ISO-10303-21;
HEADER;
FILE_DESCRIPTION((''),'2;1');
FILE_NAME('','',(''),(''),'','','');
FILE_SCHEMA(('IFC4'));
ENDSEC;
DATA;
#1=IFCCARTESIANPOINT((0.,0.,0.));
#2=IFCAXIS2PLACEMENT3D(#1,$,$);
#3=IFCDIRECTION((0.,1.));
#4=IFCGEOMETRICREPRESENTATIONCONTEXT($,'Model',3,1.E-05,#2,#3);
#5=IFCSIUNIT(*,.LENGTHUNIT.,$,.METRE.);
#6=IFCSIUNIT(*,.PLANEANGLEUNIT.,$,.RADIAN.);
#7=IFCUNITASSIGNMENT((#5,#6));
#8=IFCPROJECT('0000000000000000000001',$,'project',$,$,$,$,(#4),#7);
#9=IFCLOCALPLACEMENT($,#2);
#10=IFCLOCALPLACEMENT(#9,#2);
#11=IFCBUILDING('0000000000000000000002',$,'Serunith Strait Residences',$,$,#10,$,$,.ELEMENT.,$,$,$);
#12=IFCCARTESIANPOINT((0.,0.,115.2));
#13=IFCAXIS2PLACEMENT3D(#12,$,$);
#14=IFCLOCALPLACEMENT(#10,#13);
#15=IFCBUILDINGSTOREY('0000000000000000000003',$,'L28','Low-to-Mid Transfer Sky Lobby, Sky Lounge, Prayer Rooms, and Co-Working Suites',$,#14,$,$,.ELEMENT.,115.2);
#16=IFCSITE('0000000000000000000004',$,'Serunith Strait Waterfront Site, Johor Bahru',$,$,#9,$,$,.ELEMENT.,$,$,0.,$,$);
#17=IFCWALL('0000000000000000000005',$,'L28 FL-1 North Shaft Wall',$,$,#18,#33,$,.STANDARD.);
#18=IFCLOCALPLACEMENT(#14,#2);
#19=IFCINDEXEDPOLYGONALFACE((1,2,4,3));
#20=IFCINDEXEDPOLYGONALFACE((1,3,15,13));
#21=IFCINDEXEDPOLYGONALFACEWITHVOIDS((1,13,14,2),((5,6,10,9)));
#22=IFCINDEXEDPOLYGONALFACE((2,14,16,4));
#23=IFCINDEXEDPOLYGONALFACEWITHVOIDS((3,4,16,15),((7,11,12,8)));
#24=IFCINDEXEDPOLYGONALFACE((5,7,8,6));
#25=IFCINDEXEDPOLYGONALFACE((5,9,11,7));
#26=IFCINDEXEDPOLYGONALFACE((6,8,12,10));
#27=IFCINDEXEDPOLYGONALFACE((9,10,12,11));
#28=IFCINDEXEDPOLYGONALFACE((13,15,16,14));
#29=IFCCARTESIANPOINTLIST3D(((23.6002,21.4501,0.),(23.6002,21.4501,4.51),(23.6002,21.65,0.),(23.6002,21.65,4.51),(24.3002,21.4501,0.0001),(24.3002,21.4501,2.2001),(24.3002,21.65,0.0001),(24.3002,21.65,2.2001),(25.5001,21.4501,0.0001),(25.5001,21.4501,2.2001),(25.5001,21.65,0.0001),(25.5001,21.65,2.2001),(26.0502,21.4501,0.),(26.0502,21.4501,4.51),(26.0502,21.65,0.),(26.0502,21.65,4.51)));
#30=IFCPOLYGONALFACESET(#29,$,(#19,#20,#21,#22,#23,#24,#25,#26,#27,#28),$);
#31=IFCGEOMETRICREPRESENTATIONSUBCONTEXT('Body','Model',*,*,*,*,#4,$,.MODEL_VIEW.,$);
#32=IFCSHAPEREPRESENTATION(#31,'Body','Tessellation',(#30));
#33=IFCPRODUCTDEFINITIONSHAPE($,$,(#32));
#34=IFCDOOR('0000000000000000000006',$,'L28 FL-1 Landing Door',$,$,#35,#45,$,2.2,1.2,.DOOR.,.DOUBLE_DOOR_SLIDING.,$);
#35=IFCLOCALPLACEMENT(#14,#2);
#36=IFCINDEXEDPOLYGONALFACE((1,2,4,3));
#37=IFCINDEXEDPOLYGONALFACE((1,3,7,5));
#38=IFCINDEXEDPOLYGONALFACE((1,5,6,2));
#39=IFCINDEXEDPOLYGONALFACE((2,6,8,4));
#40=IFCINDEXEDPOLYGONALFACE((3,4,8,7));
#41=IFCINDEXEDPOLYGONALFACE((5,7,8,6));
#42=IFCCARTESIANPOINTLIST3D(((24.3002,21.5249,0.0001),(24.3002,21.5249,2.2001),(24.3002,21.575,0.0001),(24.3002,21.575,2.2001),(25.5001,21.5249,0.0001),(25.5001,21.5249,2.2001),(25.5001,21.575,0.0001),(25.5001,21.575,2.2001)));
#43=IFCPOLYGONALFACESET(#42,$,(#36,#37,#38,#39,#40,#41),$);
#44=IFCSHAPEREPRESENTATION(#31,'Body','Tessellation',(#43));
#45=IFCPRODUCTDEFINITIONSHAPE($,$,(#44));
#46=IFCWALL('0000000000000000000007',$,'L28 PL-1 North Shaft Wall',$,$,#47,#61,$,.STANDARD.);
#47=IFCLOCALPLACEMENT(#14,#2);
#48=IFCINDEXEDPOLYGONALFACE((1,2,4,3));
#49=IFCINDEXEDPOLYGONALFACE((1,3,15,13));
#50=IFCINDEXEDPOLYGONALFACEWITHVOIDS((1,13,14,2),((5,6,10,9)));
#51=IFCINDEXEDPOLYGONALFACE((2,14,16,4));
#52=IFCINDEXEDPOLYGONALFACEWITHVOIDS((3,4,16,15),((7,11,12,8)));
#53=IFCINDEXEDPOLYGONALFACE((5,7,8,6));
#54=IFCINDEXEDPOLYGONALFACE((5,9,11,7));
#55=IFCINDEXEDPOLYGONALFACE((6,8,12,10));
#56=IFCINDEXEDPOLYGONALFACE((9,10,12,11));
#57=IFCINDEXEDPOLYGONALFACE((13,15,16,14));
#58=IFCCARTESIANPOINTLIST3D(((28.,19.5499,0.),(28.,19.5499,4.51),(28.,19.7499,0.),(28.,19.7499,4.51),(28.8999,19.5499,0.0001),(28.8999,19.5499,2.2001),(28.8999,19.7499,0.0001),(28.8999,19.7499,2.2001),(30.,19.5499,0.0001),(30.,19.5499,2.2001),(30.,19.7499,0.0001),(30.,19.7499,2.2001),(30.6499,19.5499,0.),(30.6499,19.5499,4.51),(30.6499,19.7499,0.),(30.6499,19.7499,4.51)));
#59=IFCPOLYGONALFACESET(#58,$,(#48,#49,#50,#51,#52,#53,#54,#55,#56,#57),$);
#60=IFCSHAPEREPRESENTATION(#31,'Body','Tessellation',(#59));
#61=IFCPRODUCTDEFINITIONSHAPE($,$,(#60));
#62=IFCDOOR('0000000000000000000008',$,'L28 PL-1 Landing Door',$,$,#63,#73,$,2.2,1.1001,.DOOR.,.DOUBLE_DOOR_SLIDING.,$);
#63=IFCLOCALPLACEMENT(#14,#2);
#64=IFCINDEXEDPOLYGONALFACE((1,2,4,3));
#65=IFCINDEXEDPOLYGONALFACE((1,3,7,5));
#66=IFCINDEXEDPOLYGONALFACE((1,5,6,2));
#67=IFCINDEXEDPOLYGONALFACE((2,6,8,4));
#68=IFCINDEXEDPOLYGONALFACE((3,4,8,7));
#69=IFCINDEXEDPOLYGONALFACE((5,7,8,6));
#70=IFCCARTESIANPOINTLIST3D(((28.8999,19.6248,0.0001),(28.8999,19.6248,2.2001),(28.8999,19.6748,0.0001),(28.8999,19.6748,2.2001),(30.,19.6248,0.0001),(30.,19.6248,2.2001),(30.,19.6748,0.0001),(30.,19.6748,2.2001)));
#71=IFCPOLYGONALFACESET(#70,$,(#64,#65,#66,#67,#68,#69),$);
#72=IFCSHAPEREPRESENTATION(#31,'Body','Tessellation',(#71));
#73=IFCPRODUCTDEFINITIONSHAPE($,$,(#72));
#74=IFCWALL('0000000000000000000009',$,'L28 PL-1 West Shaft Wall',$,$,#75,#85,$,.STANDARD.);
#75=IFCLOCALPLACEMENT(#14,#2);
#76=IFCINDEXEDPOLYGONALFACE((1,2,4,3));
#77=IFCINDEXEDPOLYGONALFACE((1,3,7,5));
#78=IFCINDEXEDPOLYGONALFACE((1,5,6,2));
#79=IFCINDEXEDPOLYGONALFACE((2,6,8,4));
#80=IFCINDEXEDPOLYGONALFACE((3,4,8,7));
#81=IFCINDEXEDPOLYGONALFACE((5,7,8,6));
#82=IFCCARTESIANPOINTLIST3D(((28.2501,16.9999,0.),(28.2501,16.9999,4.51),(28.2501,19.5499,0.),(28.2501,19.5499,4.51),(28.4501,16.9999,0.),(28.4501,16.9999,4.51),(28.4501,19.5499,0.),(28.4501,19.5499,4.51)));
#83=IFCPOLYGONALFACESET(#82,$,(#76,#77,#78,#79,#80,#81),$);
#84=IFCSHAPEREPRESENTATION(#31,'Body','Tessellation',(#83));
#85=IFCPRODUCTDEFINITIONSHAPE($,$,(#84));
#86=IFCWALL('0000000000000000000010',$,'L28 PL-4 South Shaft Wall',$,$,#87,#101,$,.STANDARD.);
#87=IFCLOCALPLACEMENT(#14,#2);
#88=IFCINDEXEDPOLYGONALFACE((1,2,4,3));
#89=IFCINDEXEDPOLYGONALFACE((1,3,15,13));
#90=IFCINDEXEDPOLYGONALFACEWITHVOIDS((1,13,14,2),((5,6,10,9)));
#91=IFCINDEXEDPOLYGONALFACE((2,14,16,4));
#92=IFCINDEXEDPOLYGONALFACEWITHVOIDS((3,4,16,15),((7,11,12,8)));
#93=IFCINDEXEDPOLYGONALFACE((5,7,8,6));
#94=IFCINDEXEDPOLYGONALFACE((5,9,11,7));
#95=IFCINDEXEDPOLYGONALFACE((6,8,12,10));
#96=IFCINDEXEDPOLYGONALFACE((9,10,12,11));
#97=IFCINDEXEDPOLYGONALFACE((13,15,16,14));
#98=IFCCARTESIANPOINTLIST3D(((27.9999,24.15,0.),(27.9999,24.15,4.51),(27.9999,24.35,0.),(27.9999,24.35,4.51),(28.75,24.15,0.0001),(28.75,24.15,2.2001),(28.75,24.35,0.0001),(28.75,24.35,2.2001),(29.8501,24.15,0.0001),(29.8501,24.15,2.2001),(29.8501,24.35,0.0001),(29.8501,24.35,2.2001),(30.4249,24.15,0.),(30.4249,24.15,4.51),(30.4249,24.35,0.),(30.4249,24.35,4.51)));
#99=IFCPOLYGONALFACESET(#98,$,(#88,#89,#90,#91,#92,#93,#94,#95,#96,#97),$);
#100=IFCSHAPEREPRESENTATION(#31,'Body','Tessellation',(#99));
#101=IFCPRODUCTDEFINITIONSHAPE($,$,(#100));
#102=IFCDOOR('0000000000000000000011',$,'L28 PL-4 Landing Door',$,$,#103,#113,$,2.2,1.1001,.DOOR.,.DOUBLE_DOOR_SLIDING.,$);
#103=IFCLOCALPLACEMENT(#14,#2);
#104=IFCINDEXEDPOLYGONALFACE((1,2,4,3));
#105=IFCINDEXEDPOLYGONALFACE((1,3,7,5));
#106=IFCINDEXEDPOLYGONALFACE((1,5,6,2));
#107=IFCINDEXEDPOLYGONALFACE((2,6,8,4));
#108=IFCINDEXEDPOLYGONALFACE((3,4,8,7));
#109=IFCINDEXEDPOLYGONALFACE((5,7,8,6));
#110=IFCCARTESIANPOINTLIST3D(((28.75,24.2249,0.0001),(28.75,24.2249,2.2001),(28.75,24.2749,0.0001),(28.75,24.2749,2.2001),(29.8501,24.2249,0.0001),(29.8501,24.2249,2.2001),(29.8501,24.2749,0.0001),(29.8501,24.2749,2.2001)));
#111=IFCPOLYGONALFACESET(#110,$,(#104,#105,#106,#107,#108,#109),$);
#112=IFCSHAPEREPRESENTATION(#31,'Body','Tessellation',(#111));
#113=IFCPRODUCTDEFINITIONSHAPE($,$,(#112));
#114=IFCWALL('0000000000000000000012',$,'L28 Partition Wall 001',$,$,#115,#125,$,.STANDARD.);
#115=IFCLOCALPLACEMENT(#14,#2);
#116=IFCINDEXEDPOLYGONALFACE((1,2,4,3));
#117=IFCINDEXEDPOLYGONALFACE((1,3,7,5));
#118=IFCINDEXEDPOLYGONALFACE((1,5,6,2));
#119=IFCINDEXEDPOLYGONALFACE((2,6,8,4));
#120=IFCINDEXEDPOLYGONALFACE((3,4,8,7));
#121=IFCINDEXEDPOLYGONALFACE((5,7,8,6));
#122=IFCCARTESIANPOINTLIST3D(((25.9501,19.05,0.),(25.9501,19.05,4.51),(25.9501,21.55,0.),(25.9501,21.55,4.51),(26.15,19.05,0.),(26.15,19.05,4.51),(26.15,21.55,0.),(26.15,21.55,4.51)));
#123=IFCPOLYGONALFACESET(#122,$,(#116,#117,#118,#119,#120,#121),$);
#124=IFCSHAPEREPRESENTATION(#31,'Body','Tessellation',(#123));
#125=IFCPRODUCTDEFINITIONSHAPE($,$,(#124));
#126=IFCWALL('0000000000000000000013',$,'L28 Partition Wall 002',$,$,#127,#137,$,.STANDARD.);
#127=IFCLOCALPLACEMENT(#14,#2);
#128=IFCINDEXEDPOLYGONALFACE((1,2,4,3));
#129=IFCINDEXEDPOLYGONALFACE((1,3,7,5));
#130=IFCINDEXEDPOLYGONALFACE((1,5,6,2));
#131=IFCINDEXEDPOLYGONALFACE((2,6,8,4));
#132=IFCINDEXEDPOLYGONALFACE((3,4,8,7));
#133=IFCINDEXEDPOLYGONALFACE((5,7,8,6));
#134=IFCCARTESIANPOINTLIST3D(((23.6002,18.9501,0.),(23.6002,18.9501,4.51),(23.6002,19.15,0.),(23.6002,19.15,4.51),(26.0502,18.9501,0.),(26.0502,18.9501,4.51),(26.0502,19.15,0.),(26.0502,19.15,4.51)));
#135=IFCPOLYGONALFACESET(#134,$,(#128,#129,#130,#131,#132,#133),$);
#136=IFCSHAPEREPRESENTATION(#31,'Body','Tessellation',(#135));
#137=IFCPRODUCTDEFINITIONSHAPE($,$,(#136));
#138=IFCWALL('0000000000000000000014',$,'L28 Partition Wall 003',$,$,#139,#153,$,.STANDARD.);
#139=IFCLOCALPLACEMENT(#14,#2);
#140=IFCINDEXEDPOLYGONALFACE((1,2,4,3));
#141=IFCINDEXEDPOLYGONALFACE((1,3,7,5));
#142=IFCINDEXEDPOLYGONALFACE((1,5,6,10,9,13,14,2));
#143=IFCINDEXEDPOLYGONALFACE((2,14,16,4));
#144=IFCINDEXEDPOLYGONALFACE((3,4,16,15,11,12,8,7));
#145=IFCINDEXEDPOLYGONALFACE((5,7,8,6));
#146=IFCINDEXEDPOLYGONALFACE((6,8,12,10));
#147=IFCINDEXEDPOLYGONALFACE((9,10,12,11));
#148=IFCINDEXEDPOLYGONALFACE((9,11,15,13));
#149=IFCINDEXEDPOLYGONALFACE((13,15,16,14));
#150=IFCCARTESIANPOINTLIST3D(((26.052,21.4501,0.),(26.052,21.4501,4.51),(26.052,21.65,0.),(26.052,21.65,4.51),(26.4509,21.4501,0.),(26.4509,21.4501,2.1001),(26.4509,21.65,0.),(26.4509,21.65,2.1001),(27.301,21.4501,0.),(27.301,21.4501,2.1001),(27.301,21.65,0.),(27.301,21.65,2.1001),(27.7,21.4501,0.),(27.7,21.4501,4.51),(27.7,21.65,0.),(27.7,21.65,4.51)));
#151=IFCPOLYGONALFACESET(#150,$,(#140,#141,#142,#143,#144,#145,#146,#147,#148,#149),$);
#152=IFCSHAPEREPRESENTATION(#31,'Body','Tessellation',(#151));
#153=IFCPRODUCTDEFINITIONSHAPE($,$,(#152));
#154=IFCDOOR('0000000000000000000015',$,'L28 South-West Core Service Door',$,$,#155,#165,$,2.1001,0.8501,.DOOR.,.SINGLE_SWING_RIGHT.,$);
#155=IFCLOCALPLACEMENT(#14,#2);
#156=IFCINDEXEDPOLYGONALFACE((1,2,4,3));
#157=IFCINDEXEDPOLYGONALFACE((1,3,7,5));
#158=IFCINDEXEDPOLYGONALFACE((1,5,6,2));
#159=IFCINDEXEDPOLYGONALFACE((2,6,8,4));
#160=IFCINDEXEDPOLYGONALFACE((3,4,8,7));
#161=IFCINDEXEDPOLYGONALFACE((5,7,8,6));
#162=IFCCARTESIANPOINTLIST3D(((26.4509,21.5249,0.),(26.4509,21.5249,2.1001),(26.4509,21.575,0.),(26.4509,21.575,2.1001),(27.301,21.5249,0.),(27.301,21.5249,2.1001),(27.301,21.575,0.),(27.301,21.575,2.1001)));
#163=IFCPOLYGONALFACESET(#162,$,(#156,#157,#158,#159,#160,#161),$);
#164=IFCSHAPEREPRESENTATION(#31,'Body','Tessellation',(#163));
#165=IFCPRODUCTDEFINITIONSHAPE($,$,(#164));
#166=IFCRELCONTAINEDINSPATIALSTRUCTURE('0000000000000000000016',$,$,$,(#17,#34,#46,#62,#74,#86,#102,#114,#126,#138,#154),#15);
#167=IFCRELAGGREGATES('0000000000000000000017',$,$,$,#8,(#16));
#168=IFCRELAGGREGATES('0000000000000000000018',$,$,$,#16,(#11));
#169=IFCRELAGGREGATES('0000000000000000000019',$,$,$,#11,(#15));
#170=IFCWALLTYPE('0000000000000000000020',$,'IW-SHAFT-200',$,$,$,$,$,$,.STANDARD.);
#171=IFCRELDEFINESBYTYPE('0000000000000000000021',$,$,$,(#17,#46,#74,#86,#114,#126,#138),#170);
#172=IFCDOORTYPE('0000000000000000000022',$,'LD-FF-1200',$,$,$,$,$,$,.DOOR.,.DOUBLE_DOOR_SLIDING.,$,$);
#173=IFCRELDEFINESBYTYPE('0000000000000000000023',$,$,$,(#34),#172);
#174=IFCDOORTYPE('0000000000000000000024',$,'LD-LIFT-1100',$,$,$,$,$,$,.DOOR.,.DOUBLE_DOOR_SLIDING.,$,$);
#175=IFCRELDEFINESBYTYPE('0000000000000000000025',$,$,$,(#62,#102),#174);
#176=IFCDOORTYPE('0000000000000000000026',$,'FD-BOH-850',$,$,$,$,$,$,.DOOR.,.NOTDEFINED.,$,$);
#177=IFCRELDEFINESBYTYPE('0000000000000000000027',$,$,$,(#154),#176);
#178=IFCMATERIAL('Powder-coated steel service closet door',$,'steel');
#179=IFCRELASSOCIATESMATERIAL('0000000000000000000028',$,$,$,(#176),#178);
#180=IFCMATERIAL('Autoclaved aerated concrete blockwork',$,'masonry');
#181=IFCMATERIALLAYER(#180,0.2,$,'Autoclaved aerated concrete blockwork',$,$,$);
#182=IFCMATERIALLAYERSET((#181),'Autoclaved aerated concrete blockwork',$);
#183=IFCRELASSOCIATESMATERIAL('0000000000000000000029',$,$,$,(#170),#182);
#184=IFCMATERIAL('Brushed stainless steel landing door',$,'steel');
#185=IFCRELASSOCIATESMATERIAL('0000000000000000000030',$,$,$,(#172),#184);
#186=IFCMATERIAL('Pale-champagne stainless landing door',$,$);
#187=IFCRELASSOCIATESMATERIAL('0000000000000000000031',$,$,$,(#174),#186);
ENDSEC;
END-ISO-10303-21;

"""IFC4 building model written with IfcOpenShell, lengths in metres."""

from ifc_helpers import new_model, si_unit, direction, frame, frame_2d, origin, place, context, subcontext, project, spatial, rectangle, extrude, source, transform, mapped, material, layer, layer_set, type_object, element, fill, save


model = new_model("IFC4")

# Units and contexts
model_context = context("Model", 3, precision=1e-05, world=origin(), true_north=direction((0.0, 1.0)))
body_context = subcontext(model_context, "Body", "Model", "MODEL_VIEW")
ifc_project = project(units=[si_unit("LENGTHUNIT", "METRE"), si_unit("PLANEANGLEUNIT", "RADIAN")], contexts=[model_context])

# Site, building, storey
site_placement = place(None, origin())
site = spatial("IfcSite", under=ifc_project, at=site_placement, Name="Serunith Strait Waterfront Site, Johor Bahru", CompositionType="ELEMENT", RefElevation=0.0)
building_placement = place(site_placement, origin())
building = spatial("IfcBuilding", under=site, at=building_placement, Name="Serunith Strait Residences", CompositionType="ELEMENT")
storey_placement = place(building_placement, frame((0.0, 0.0, 115.2)))
storey = spatial("IfcBuildingStorey", under=building, at=storey_placement, Name="L28", Description="Low-to-Mid Transfer Sky Lobby, Sky Lounge, Prayer Rooms, and Co-Working Suites", CompositionType="ELEMENT", Elevation=115.2)

# Walls, openings, doors
ifc_material_1 = material(Name="Powder-coated steel service closet door", Category="steel")
door_type_1 = type_object("IfcDoorType", Name="FD-BOH-850", OperationType="NOTDEFINED", PredefinedType="DOOR", material=ifc_material_1)
shared_shape_1 = source(origin(), body_context, "Body", "SweptSolid", [
    extrude(rectangle(XDim=0.8501, YDim=2.1001, at=frame_2d((0.425, 1.05))), frame((0.0, 0.0249, 0.0), z_axis=(0.0, -1.0, 0.0), x_axis=(1.0, 0.0, 0.0)), (0.0, 0.0, 1.0), 0.05),
])
ifc_material_2 = material(Name="Autoclaved aerated concrete blockwork", Category="masonry")
ifc_layer_1 = layer(ifc_material_2, 0.2, Name="Autoclaved aerated concrete blockwork")
ifc_layer_set_1 = layer_set([ifc_layer_1], Name="Autoclaved aerated concrete blockwork")
wall_type_1 = type_object("IfcWallType", Name="IW-SHAFT-200", PredefinedType="STANDARD", material=ifc_layer_set_1)
wall_1_placement = place(storey_placement, frame((23.6001, 21.55, 0.0), z_axis=(0.0, 0.0, 1.0), x_axis=(1.0, 0.0, 0.0)))
wall_1 = element("IfcWall", 1, at=wall_1_placement, inside=storey, type_object=wall_type_1, Name="L28 FL-1 North Shaft Wall", PredefinedType="STANDARD", context=body_context, shape_type="SweptSolid", body=[
    extrude(rectangle(XDim=2.45, YDim=0.2, at=frame_2d((1.2251, 0.0))), origin(), (0.0, 0.0, 1.0), 4.51),
])
opening_1_placement = place(wall_1_placement, frame((0.7, 0.0, 0.0)))
opening_1 = element("IfcOpeningElement", 2, at=opening_1_placement, cuts=wall_1, PredefinedType="OPENING", context=body_context, shape_type="SweptSolid", body=[
    extrude(rectangle(XDim=1.2, YDim=2.2, at=frame_2d((0.6001, 1.1001))), frame((0.0, 0.1099, 0.0), z_axis=(0.0, -1.0, 0.0), x_axis=(1.0, 0.0, 0.0)), (0.0, 0.0, 1.0), 0.22),
])
ifc_material_3 = material(Name="Brushed stainless steel landing door", Category="steel")
door_type_2 = type_object("IfcDoorType", Name="LD-FF-1200", OperationType="DOUBLE_DOOR_SLIDING", PredefinedType="DOOR", material=ifc_material_3)
shared_shape_2 = source(origin(), body_context, "Body", "SweptSolid", [
    extrude(rectangle(XDim=1.2, YDim=2.2, at=frame_2d((0.6001, 1.1001))), frame((0.0, 0.0249, 0.0), z_axis=(0.0, -1.0, 0.0), x_axis=(1.0, 0.0, 0.0)), (0.0, 0.0, 1.0), 0.05),
])
door_1_placement = place(opening_1_placement, origin())
door_1 = element("IfcDoor", 3, at=door_1_placement, inside=storey, type_object=door_type_2, Name="L28 FL-1 Landing Door", OperationType="DOUBLE_DOOR_SLIDING", OverallHeight=2.2, OverallWidth=1.2, PredefinedType="DOOR", context=body_context, shape_type="MappedRepresentation", body=[
    mapped(shared_shape_2, transform((0.0, 0.0, 0.0), scale=1.0)),
])
fill(opening_1, door_1)
wall_2_placement = place(storey_placement, frame((28.0, 19.6499, 0.0), z_axis=(0.0, 0.0, 1.0), x_axis=(1.0, 0.0, 0.0)))
wall_2 = element("IfcWall", 4, at=wall_2_placement, inside=storey, type_object=wall_type_1, Name="L28 PL-1 North Shaft Wall", PredefinedType="STANDARD", context=body_context, shape_type="SweptSolid", body=[
    extrude(rectangle(XDim=2.6499, YDim=0.2, at=frame_2d((1.325, 0.0))), origin(), (0.0, 0.0, 1.0), 4.51),
])
opening_2_placement = place(wall_2_placement, frame((0.8999, 0.0, 0.0)))
opening_2 = element("IfcOpeningElement", 5, at=opening_2_placement, cuts=wall_2, PredefinedType="OPENING", context=body_context, shape_type="SweptSolid", body=[
    extrude(rectangle(XDim=1.1001, YDim=2.2, at=frame_2d((0.55, 1.1001))), frame((0.0, 0.1099, 0.0), z_axis=(0.0, -1.0, 0.0), x_axis=(1.0, 0.0, 0.0)), (0.0, 0.0, 1.0), 0.22),
])
ifc_material_4 = material(Name="Pale-champagne stainless landing door")
door_type_3 = type_object("IfcDoorType", Name="LD-LIFT-1100", OperationType="DOUBLE_DOOR_SLIDING", PredefinedType="DOOR", material=ifc_material_4)
shared_shape_3 = source(origin(), body_context, "Body", "SweptSolid", [
    extrude(rectangle(XDim=1.1001, YDim=2.2, at=frame_2d((0.55, 1.1001))), frame((0.0, 0.0249, 0.0), z_axis=(0.0, -1.0, 0.0), x_axis=(1.0, 0.0, 0.0)), (0.0, 0.0, 1.0), 0.05),
])
door_2_placement = place(opening_2_placement, origin())
door_2 = element("IfcDoor", 6, at=door_2_placement, inside=storey, type_object=door_type_3, Name="L28 PL-1 Landing Door", OperationType="DOUBLE_DOOR_SLIDING", OverallHeight=2.2, OverallWidth=1.1001, PredefinedType="DOOR", context=body_context, shape_type="MappedRepresentation", body=[
    mapped(shared_shape_3, transform((0.0, 0.0, 0.0), scale=1.0)),
])
fill(opening_2, door_2)

# Wall
wall_3_placement = place(storey_placement, frame((28.3501, 17.0, 0.0), z_axis=(0.0, 0.0, 1.0), x_axis=(0.0, 1.0, 0.0)))
element("IfcWall", 7, at=wall_3_placement, inside=storey, type_object=wall_type_1, Name="L28 PL-1 West Shaft Wall", PredefinedType="STANDARD", context=body_context, shape_type="SweptSolid", body=[
    extrude(rectangle(XDim=2.55, YDim=0.2, at=frame_2d((1.2749, 0.0))), origin(), (0.0, 0.0, 1.0), 4.51),
])

# Wall, opening, door
wall_4_placement = place(storey_placement, frame((28.0, 24.25, 0.0), z_axis=(0.0, 0.0, 1.0), x_axis=(1.0, 0.0, 0.0)))
wall_4 = element("IfcWall", 8, at=wall_4_placement, inside=storey, type_object=wall_type_1, Name="L28 PL-4 South Shaft Wall", PredefinedType="STANDARD", context=body_context, shape_type="SweptSolid", body=[
    extrude(rectangle(XDim=2.425, YDim=0.2, at=frame_2d((1.2124, 0.0))), origin(), (0.0, 0.0, 1.0), 4.51),
])
opening_3_placement = place(wall_4_placement, frame((0.75, 0.0, 0.0)))
opening_3 = element("IfcOpeningElement", 9, at=opening_3_placement, cuts=wall_4, PredefinedType="OPENING", context=body_context, shape_type="SweptSolid", body=[
    extrude(rectangle(XDim=1.1001, YDim=2.2, at=frame_2d((0.55, 1.1001))), frame((0.0, 0.1099, 0.0), z_axis=(0.0, -1.0, 0.0), x_axis=(1.0, 0.0, 0.0)), (0.0, 0.0, 1.0), 0.22),
])
door_3_placement = place(opening_3_placement, origin())
door_3 = element("IfcDoor", 10, at=door_3_placement, inside=storey, type_object=door_type_3, Name="L28 PL-4 Landing Door", OperationType="DOUBLE_DOOR_SLIDING", OverallHeight=2.2, OverallWidth=1.1001, PredefinedType="DOOR", context=body_context, shape_type="MappedRepresentation", body=[
    mapped(shared_shape_3, transform((0.0, 0.0, 0.0), scale=1.0)),
])
fill(opening_3, door_3)

# Walls
wall_5_placement = place(storey_placement, frame((26.05, 19.05, 0.0), z_axis=(0.0, 0.0, 1.0), x_axis=(0.0, 1.0, 0.0)))
element("IfcWall", 11, at=wall_5_placement, inside=storey, type_object=wall_type_1, Name="L28 Partition Wall 001", PredefinedType="STANDARD", context=body_context, shape_type="SweptSolid", body=[
    extrude(rectangle(XDim=2.5, YDim=0.2, at=frame_2d((1.25, 0.0))), origin(), (0.0, 0.0, 1.0), 4.51),
])
wall_6_placement = place(storey_placement, frame((23.6001, 19.05, 0.0), z_axis=(0.0, 0.0, 1.0), x_axis=(1.0, 0.0, 0.0)))
element("IfcWall", 12, at=wall_6_placement, inside=storey, type_object=wall_type_1, Name="L28 Partition Wall 002", PredefinedType="STANDARD", context=body_context, shape_type="SweptSolid", body=[
    extrude(rectangle(XDim=2.45, YDim=0.2, at=frame_2d((1.2251, 0.0))), origin(), (0.0, 0.0, 1.0), 4.51),
])

# Wall, opening, door
wall_7_placement = place(storey_placement, frame((26.052, 21.55, 0.0), z_axis=(0.0, 0.0, 1.0), x_axis=(1.0, 0.0, 0.0)))
wall_7 = element("IfcWall", 13, at=wall_7_placement, inside=storey, type_object=wall_type_1, Name="L28 Partition Wall 003", PredefinedType="STANDARD", context=body_context, shape_type="SweptSolid", body=[
    extrude(rectangle(XDim=1.6479, YDim=0.2, at=frame_2d((0.824, 0.0))), origin(), (0.0, 0.0, 1.0), 4.51),
])
opening_4_placement = place(wall_7_placement, frame((0.3989, 0.0, 0.0)))
opening_4 = element("IfcOpeningElement", 14, at=opening_4_placement, cuts=wall_7, PredefinedType="OPENING", context=body_context, shape_type="SweptSolid", body=[
    extrude(rectangle(XDim=0.8501, YDim=2.1001, at=frame_2d((0.425, 1.05))), frame((0.0, 0.1099, 0.0), z_axis=(0.0, -1.0, 0.0), x_axis=(1.0, 0.0, 0.0)), (0.0, 0.0, 1.0), 0.22),
])
door_4_placement = place(opening_4_placement, origin())
door_4 = element("IfcDoor", 15, at=door_4_placement, inside=storey, type_object=door_type_1, Name="L28 South-West Core Service Door", OperationType="SINGLE_SWING_RIGHT", OverallHeight=2.1001, OverallWidth=0.8501, PredefinedType="DOOR", context=body_context, shape_type="MappedRepresentation", body=[
    mapped(shared_shape_1, transform((0.0, 0.0, 0.0), scale=1.0)),
])
fill(opening_4, door_4)

save(model, "model.ifc")
